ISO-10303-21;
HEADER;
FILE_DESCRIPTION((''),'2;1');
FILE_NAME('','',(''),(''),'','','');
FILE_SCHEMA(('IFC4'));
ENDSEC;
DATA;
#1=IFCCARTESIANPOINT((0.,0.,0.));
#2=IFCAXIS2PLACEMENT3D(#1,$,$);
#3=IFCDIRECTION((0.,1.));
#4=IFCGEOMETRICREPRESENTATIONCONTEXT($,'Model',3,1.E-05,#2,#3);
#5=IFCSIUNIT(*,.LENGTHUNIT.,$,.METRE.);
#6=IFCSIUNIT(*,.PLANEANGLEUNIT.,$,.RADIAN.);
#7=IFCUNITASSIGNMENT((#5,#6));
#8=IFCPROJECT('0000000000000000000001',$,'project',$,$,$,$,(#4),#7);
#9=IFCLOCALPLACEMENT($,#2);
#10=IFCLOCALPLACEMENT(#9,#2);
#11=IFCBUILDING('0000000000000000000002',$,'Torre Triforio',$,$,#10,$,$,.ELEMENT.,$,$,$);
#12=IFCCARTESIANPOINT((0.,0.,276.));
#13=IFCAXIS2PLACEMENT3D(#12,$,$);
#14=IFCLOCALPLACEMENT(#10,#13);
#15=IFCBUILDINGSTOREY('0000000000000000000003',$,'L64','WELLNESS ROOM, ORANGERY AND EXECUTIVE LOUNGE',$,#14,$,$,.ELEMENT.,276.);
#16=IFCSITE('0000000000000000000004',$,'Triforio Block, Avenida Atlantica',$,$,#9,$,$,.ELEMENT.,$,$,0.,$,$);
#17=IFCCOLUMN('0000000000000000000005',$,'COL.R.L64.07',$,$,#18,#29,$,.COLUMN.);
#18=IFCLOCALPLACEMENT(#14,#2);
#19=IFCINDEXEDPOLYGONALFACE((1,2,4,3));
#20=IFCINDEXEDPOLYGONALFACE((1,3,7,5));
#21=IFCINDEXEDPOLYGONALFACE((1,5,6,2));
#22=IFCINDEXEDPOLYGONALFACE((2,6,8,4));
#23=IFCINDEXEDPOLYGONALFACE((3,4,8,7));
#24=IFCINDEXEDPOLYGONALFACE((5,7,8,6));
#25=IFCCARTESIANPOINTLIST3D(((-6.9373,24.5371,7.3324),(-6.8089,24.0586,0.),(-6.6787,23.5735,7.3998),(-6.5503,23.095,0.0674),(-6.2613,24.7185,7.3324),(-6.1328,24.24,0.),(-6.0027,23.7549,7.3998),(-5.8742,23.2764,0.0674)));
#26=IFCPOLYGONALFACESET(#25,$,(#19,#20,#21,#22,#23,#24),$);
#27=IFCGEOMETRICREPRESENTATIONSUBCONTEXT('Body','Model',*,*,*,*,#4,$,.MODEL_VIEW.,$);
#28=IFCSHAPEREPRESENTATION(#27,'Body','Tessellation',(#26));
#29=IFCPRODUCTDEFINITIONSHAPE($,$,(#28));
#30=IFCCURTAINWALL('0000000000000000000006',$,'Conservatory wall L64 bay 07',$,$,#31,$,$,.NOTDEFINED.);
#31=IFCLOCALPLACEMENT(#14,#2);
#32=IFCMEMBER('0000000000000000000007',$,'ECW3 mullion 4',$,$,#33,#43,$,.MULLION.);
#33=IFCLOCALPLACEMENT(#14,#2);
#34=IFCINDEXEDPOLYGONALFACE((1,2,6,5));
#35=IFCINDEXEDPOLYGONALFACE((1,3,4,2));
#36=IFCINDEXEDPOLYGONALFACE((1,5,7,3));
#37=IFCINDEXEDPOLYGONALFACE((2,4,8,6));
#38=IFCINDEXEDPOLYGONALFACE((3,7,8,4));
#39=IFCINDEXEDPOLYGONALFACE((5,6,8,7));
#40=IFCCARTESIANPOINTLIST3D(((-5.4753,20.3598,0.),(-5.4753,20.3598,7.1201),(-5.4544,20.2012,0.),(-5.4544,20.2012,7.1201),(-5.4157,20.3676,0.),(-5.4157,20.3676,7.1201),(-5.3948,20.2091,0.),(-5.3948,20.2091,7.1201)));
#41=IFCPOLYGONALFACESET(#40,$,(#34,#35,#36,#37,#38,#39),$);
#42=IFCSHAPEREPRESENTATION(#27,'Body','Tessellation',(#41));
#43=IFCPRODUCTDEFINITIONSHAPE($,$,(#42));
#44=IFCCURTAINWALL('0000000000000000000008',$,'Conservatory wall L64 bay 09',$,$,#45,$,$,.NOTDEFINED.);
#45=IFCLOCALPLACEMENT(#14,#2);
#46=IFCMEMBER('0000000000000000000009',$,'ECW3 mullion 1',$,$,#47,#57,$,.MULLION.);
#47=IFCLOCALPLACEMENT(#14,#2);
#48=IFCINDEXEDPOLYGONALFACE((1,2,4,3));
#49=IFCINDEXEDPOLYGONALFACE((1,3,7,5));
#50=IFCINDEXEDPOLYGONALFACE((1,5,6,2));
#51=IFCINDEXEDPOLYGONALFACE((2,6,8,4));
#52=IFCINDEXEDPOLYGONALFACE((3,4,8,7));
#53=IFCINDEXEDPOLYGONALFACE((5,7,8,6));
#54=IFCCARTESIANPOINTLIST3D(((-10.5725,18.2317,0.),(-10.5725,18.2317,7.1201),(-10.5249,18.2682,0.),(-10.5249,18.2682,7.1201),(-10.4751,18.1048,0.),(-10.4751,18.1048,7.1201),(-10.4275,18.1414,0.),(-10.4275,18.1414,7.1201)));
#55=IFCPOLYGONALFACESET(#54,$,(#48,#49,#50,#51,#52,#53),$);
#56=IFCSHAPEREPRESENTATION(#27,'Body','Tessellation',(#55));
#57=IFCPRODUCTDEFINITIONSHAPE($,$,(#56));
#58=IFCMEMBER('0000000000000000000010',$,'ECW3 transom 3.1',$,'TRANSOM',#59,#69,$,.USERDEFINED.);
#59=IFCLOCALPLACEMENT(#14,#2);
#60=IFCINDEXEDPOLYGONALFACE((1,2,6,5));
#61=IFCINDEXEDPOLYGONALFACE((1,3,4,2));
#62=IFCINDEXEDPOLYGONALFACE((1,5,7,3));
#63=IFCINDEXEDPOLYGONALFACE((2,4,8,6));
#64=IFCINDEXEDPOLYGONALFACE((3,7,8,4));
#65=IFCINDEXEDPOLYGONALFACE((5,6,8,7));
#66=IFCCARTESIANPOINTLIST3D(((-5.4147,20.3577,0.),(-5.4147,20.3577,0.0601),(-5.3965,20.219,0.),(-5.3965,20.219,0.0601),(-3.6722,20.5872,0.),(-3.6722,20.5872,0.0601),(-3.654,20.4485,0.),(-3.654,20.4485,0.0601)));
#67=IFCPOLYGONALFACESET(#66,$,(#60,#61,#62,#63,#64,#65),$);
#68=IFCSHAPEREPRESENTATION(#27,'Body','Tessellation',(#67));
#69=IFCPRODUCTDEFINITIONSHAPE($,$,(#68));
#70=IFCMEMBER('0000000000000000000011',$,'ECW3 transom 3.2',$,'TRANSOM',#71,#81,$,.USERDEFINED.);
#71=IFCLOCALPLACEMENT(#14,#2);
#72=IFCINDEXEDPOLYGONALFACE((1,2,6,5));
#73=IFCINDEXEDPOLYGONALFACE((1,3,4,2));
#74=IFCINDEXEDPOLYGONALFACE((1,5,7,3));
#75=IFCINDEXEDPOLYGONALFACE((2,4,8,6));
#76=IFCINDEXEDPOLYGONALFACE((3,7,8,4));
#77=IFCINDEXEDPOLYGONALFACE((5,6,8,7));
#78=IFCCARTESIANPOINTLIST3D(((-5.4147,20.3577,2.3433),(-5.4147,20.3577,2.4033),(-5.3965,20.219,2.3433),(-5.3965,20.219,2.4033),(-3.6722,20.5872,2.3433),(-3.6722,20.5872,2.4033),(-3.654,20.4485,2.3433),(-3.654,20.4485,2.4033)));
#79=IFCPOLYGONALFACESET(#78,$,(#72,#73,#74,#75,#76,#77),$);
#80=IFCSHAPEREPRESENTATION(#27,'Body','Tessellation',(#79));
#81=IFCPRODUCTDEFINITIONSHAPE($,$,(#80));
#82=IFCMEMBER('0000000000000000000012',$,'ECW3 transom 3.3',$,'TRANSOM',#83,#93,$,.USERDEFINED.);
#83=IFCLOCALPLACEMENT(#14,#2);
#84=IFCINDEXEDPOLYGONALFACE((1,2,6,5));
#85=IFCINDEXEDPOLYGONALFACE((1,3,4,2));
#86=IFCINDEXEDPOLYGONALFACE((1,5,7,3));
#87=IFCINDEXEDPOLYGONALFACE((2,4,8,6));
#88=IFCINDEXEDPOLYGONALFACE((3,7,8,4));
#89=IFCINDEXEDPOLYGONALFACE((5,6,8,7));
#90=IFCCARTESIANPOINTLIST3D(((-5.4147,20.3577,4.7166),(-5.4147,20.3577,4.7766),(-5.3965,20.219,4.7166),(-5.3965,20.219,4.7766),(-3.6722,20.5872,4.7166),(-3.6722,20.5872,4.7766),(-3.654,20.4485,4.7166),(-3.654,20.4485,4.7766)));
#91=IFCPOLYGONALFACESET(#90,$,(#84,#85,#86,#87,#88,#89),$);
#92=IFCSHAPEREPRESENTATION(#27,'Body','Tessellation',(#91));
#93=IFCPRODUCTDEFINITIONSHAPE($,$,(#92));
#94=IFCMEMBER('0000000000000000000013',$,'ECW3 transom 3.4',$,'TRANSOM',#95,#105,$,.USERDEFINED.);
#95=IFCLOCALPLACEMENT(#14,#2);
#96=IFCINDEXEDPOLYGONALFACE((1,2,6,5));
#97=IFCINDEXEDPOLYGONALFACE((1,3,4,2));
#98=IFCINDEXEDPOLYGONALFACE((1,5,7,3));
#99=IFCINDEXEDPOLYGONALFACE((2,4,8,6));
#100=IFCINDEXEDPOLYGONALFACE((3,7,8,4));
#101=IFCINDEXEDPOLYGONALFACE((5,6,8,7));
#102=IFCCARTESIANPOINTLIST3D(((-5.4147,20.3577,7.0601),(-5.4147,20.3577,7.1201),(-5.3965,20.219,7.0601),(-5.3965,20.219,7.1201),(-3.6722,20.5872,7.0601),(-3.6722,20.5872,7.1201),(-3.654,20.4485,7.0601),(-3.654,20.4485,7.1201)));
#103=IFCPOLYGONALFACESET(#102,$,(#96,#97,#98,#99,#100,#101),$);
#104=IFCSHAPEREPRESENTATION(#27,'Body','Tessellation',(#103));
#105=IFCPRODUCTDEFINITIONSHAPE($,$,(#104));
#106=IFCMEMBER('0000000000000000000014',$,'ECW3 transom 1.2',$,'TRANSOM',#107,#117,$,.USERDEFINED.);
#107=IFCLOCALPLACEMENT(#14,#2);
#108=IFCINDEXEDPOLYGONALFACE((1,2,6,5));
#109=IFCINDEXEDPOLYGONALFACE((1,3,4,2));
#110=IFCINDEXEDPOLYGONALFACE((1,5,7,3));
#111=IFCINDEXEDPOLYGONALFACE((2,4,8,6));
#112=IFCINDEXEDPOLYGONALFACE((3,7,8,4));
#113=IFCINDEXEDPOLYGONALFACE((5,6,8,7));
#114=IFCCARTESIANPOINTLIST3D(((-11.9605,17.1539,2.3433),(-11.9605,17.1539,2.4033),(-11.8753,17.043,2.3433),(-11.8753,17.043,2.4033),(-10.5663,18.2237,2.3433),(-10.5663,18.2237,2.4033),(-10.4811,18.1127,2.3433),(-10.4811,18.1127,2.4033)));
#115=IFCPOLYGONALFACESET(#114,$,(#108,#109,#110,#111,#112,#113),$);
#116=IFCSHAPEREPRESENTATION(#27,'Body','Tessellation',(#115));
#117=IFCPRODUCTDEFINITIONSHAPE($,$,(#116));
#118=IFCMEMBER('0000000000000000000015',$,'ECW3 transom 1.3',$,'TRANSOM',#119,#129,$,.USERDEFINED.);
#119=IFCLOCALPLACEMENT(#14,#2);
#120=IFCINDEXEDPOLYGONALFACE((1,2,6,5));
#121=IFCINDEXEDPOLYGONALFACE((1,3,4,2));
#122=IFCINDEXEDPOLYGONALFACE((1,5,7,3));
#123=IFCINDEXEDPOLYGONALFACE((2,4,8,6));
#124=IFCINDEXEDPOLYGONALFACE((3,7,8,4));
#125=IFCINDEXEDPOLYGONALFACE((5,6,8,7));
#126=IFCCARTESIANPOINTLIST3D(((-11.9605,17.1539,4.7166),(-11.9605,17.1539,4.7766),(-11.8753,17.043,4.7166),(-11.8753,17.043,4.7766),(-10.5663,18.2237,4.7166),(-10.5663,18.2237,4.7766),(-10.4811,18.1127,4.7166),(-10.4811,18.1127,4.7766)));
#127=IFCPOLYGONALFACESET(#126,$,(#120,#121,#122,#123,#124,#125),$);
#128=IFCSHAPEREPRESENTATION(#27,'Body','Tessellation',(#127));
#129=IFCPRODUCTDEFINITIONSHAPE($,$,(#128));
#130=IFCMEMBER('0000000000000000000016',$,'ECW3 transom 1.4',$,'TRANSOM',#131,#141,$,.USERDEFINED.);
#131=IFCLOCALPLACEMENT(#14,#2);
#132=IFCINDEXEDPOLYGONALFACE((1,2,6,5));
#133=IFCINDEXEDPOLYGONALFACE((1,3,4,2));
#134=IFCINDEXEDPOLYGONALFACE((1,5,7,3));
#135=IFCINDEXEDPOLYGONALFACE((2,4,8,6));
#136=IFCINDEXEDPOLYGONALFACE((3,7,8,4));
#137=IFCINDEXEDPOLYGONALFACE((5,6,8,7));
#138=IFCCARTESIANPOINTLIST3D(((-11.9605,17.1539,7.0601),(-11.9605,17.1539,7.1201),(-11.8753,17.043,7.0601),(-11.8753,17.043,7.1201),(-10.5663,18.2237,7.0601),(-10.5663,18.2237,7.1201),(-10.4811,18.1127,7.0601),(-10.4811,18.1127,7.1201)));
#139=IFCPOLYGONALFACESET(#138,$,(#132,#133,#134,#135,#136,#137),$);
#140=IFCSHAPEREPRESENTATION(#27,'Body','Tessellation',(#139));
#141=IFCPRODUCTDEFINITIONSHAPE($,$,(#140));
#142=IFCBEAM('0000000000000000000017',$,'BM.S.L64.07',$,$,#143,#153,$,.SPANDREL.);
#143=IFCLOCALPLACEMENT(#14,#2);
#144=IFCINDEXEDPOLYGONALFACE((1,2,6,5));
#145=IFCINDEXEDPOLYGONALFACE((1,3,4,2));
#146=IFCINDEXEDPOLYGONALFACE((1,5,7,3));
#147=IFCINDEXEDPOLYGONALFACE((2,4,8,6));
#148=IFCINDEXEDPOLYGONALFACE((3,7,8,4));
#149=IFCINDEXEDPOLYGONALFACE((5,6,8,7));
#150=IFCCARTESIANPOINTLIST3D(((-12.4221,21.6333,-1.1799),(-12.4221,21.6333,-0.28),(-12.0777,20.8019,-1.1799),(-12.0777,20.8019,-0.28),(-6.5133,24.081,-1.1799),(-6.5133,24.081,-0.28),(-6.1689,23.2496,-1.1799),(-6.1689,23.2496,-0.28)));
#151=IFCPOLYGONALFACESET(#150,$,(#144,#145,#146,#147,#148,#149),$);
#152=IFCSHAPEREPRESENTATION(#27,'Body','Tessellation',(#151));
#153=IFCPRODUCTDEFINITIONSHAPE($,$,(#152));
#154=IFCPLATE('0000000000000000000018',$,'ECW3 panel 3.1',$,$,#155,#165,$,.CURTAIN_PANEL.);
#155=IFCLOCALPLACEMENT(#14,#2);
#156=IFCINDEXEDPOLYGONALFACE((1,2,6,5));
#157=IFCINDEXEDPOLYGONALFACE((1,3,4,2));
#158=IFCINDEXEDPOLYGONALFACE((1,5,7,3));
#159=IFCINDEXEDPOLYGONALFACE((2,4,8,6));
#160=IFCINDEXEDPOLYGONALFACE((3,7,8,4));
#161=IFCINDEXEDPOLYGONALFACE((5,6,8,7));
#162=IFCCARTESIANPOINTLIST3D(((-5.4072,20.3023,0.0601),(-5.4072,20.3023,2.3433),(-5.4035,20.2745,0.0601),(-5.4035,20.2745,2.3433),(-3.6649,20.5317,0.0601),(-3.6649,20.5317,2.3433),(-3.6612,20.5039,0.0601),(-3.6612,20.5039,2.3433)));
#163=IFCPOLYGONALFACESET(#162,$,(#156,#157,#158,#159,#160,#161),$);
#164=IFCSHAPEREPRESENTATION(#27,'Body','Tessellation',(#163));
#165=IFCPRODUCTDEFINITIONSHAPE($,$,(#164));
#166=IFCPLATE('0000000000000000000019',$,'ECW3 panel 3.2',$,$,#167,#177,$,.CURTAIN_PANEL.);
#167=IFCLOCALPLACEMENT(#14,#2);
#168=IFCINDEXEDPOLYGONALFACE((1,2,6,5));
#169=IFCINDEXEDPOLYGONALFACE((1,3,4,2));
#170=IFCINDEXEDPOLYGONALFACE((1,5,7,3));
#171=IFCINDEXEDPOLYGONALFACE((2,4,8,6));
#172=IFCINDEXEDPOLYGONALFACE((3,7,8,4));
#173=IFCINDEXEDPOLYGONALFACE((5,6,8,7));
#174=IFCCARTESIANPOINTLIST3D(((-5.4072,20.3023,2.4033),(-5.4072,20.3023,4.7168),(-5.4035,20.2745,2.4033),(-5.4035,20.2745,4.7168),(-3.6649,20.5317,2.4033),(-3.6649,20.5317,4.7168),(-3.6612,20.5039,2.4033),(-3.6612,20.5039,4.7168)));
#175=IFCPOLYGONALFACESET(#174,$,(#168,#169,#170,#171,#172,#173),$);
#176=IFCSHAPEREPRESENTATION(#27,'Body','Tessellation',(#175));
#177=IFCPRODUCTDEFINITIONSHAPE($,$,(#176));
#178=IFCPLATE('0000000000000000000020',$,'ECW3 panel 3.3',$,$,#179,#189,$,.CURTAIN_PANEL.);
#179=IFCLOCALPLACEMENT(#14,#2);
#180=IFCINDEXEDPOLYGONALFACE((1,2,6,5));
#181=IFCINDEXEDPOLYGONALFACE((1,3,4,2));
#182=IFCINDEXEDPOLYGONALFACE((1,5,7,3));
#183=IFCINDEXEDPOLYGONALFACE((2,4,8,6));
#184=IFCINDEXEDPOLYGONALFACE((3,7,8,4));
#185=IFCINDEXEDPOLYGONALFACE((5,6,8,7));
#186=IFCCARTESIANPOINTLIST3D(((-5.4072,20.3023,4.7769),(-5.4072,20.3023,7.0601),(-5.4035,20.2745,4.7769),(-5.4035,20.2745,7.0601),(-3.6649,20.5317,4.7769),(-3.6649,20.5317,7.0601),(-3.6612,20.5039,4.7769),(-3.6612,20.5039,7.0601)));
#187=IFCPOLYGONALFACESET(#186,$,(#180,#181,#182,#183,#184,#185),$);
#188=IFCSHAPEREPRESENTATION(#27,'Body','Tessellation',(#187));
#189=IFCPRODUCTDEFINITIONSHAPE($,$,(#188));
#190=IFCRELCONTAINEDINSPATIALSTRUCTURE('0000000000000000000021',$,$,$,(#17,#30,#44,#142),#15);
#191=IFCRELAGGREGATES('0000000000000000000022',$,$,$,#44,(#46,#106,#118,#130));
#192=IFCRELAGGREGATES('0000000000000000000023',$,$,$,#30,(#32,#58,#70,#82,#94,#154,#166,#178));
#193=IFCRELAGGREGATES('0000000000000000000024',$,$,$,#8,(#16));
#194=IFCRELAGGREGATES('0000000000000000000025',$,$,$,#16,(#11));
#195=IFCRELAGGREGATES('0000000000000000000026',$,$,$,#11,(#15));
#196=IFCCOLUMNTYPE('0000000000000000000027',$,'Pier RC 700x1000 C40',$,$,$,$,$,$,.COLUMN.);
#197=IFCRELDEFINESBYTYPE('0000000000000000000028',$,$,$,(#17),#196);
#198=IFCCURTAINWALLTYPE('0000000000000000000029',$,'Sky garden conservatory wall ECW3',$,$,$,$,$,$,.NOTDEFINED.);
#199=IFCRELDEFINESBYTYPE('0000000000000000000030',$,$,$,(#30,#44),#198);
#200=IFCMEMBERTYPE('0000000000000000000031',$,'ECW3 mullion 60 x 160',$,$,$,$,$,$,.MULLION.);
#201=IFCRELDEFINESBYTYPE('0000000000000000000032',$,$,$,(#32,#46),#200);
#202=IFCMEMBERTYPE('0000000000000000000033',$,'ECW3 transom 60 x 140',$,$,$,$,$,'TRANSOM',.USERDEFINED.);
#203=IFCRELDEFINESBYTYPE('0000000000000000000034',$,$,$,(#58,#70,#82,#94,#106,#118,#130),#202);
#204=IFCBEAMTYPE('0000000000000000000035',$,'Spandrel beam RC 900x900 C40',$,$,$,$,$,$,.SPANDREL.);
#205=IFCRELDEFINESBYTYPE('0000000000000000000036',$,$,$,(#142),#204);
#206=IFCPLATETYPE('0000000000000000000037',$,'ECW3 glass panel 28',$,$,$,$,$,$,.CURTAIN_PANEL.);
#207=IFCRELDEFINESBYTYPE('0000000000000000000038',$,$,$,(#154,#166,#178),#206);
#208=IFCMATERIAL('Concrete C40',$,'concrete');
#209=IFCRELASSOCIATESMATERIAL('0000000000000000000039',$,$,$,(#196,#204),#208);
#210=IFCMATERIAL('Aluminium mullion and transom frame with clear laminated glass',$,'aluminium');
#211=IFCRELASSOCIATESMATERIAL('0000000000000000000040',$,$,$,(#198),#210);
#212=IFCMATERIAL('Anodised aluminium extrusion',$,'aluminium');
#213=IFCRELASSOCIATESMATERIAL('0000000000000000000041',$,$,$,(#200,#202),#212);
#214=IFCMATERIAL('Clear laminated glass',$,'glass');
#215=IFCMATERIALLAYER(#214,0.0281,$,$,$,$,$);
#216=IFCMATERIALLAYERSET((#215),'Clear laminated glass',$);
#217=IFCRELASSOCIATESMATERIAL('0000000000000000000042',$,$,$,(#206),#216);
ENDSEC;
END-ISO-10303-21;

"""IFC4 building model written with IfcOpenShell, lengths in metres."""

from ifc_helpers import new_model, si_unit, direction, frame, origin, origin_2d, place, context, subcontext, project, spatial, rectangle, extrude, material, layer, layer_set, material_profile, profile_set, type_object, element, aggregate, save


model = new_model("IFC4")

# Units and contexts
model_context = context("Model", 3, precision=1e-05, world=origin(), true_north=direction((0.0, 1.0)))
body_context = subcontext(model_context, "Body", "Model", "MODEL_VIEW")
ifc_project = project(units=[si_unit("LENGTHUNIT", "METRE"), si_unit("PLANEANGLEUNIT", "RADIAN")], contexts=[model_context])

# Site, building, storey
site_placement = place(None, origin())
site = spatial("IfcSite", under=ifc_project, at=site_placement, Name="Triforio Block, Avenida Atlantica", CompositionType="ELEMENT", RefElevation=0.0)
building_placement = place(site_placement, origin())
building = spatial("IfcBuilding", under=site, at=building_placement, Name="Torre Triforio", CompositionType="ELEMENT")
storey_placement = place(building_placement, frame((0.0, 0.0, 276.0)))
storey = spatial("IfcBuildingStorey", under=building, at=storey_placement, Name="L64", Description="WELLNESS ROOM, ORANGERY AND EXECUTIVE LOUNGE", CompositionType="ELEMENT", Elevation=276.0)

# Column
ifc_material_1 = material(Name="Concrete C40", Category="concrete")
ifc_material_profile_1 = material_profile(ifc_material_1, rectangle(XDim=0.7, YDim=1.0, at=origin_2d()), Name="RC 700x1000")
ifc_profile_set_1 = profile_set([ifc_material_profile_1], Name="Concrete C40")
column_type = type_object("IfcColumnType", Name="Pier RC 700x1000 C40", PredefinedType="COLUMN", material=ifc_profile_set_1)
column_placement = place(storey_placement, frame((-6.3416, 23.6675, 0.0337), z_axis=(-0.017474, 0.065111, 0.997725), x_axis=(-0.965825, -0.259196, 0.0)))
element("IfcColumn", 1, at=column_placement, inside=storey, type_object=column_type, Name="COL.R.L64.07", PredefinedType="COLUMN", context=body_context, shape_type="SweptSolid", body=[
    extrude(rectangle(XDim=0.7, YDim=1.0, at=origin_2d()), origin(), (0.0, 0.0, 1.0), 7.3491),
])

# Curtain walls, members
ifc_material_2 = material(Name="Aluminium mullion and transom frame with clear laminated glass", Category="aluminium")
curtain_wall_type = type_object("IfcCurtainWallType", Name="Sky garden conservatory wall ECW3", PredefinedType="NOTDEFINED", material=ifc_material_2)
curtain_wall_1_placement = place(storey_placement, origin())
curtain_wall_1 = element("IfcCurtainWall", 2, at=curtain_wall_1_placement, inside=storey, type_object=curtain_wall_type, Name="Conservatory wall L64 bay 07", PredefinedType="NOTDEFINED")
ifc_material_3 = material(Name="Anodised aluminium extrusion", Category="aluminium")
ifc_material_profile_2 = material_profile(ifc_material_3, rectangle(XDim=0.1599, YDim=0.0601, at=origin_2d()), Name="ECW3 MULLION 60x160")
ifc_profile_set_2 = profile_set([ifc_material_profile_2], Name="Anodised aluminium extrusion")
member_type_1 = type_object("IfcMemberType", Name="ECW3 mullion 60 x 160", PredefinedType="MULLION", material=ifc_profile_set_2)
member_1_placement = place(storey_placement, frame((-5.4351, 20.2844, 0.0), z_axis=(0.0, 0.0, 1.0), x_axis=(0.13053, -0.991444, 0.0)))
member_1 = element("IfcMember", 3, at=member_1_placement, type_object=member_type_1, Name="ECW3 mullion 4", PredefinedType="MULLION", context=body_context, shape_type="SweptSolid", body=[
    extrude(rectangle(XDim=0.1599, YDim=0.0601, at=origin_2d()), origin(), (0.0, 0.0, 1.0), 7.1201),
])
curtain_wall_2_placement = place(storey_placement, origin())
curtain_wall_2 = element("IfcCurtainWall", 4, at=curtain_wall_2_placement, inside=storey, type_object=curtain_wall_type, Name="Conservatory wall L64 bay 09", PredefinedType="NOTDEFINED")
member_2_placement = place(storey_placement, frame((-10.5, 18.1865, 0.0), z_axis=(0.0, 0.0, 1.0), x_axis=(0.608763, -0.793352, 0.0)))
member_2 = element("IfcMember", 5, at=member_2_placement, type_object=member_type_1, Name="ECW3 mullion 1", PredefinedType="MULLION", context=body_context, shape_type="SweptSolid", body=[
    extrude(rectangle(XDim=0.1599, YDim=0.0601, at=origin_2d()), origin(), (0.0, 0.0, 1.0), 7.1201),
])

# Members
ifc_material_profile_3 = material_profile(ifc_material_3, rectangle(XDim=0.1399, YDim=0.0601, at=origin_2d()), Name="ECW3 TRANSOM 60x140")
ifc_profile_set_3 = profile_set([ifc_material_profile_3], Name="Anodised aluminium extrusion")
member_type_2 = type_object("IfcMemberType", Name="ECW3 transom 60 x 140", ElementType="TRANSOM", PredefinedType="USERDEFINED", material=ifc_profile_set_3)
member_3_placement = place(storey_placement, frame((-3.6631, 20.5178, 0.03), z_axis=(-0.991438, -0.13058, 0.0), x_axis=(0.13058, -0.991438, 0.0)))
member_3 = element("IfcMember", 6, at=member_3_placement, type_object=member_type_2, Name="ECW3 transom 3.1", ObjectType="TRANSOM", PredefinedType="USERDEFINED", context=body_context, shape_type="SweptSolid", body=[
    extrude(rectangle(XDim=0.1399, YDim=0.0601, at=origin_2d()), origin(), (0.0, 0.0, 1.0), 1.7576),
])
member_4_placement = place(storey_placement, frame((-3.6631, 20.5178, 2.3733), z_axis=(-0.991438, -0.13058, 0.0), x_axis=(0.13058, -0.991438, 0.0)))
member_4 = element("IfcMember", 7, at=member_4_placement, type_object=member_type_2, Name="ECW3 transom 3.2", ObjectType="TRANSOM", PredefinedType="USERDEFINED", context=body_context, shape_type="SweptSolid", body=[
    extrude(rectangle(XDim=0.1399, YDim=0.0601, at=origin_2d()), origin(), (0.0, 0.0, 1.0), 1.7576),
])
member_5_placement = place(storey_placement, frame((-3.6631, 20.5178, 4.7466), z_axis=(-0.991438, -0.13058, 0.0), x_axis=(0.13058, -0.991438, 0.0)))
member_5 = element("IfcMember", 8, at=member_5_placement, type_object=member_type_2, Name="ECW3 transom 3.3", ObjectType="TRANSOM", PredefinedType="USERDEFINED", context=body_context, shape_type="SweptSolid", body=[
    extrude(rectangle(XDim=0.1399, YDim=0.0601, at=origin_2d()), origin(), (0.0, 0.0, 1.0), 1.7576),
])
member_6_placement = place(storey_placement, frame((-3.6631, 20.5178, 7.0901), z_axis=(-0.991438, -0.13058, 0.0), x_axis=(0.13058, -0.991438, 0.0)))
member_6 = element("IfcMember", 9, at=member_6_placement, type_object=member_type_2, Name="ECW3 transom 3.4", ObjectType="TRANSOM", PredefinedType="USERDEFINED", context=body_context, shape_type="SweptSolid", body=[
    extrude(rectangle(XDim=0.1399, YDim=0.0601, at=origin_2d()), origin(), (0.0, 0.0, 1.0), 1.7576),
])
member_7_placement = place(storey_placement, frame((-10.5237, 18.1682, 2.3733), z_axis=(-0.793367, -0.608744, 0.0), x_axis=(0.608744, -0.793367, 0.0)))
member_7 = element("IfcMember", 10, at=member_7_placement, type_object=member_type_2, Name="ECW3 transom 1.2", ObjectType="TRANSOM", PredefinedType="USERDEFINED", context=body_context, shape_type="SweptSolid", body=[
    extrude(rectangle(XDim=0.1399, YDim=0.0601, at=origin_2d()), origin(), (0.0, 0.0, 1.0), 1.7573),
])
member_8_placement = place(storey_placement, frame((-10.5237, 18.1682, 4.7466), z_axis=(-0.793367, -0.608744, 0.0), x_axis=(0.608744, -0.793367, 0.0)))
member_8 = element("IfcMember", 11, at=member_8_placement, type_object=member_type_2, Name="ECW3 transom 1.3", ObjectType="TRANSOM", PredefinedType="USERDEFINED", context=body_context, shape_type="SweptSolid", body=[
    extrude(rectangle(XDim=0.1399, YDim=0.0601, at=origin_2d()), origin(), (0.0, 0.0, 1.0), 1.7573),
])
member_9_placement = place(storey_placement, frame((-10.5237, 18.1682, 7.0901), z_axis=(-0.793367, -0.608744, 0.0), x_axis=(0.608744, -0.793367, 0.0)))
member_9 = element("IfcMember", 12, at=member_9_placement, type_object=member_type_2, Name="ECW3 transom 1.4", ObjectType="TRANSOM", PredefinedType="USERDEFINED", context=body_context, shape_type="SweptSolid", body=[
    extrude(rectangle(XDim=0.1399, YDim=0.0601, at=origin_2d()), origin(), (0.0, 0.0, 1.0), 1.7573),
])
aggregate(curtain_wall_2, [member_2, member_7, member_8, member_9])

# Beam
ifc_material_profile_4 = material_profile(ifc_material_1, rectangle(XDim=0.8999, YDim=0.8999, at=origin_2d()), Name="RC 900x900")
ifc_profile_set_4 = profile_set([ifc_material_profile_4], Name="Concrete C40")
beam_type = type_object("IfcBeamType", Name="Spandrel beam RC 900x900 C40", PredefinedType="SPANDREL", material=ifc_profile_set_4)
beam_placement = place(storey_placement, frame((-6.3411, 23.6653, -0.73), z_axis=(-0.923869, -0.382709, 0.0), x_axis=(0.382709, -0.923869, 0.0)))
element("IfcBeam", 13, at=beam_placement, inside=storey, type_object=beam_type, Name="BM.S.L64.07", PredefinedType="SPANDREL", context=body_context, shape_type="SweptSolid", body=[
    extrude(rectangle(XDim=0.8999, YDim=0.8999, at=origin_2d()), origin(), (0.0, 0.0, 1.0), 6.3958),
])

# Plates
ifc_material_4 = material(Name="Clear laminated glass", Category="glass")
ifc_layer_1 = layer(ifc_material_4, 0.0281)
ifc_layer_set_1 = layer_set([ifc_layer_1], Name="Clear laminated glass")
plate_type = type_object("IfcPlateType", Name="ECW3 glass panel 28", PredefinedType="CURTAIN_PANEL", material=ifc_layer_set_1)
plate_1_placement = place(storey_placement, frame((-4.5342, 20.4031, 0.0601), z_axis=(0.0, 0.0, 1.0), x_axis=(-0.991444, -0.13053, 0.0)))
plate_1 = element("IfcPlate", 14, at=plate_1_placement, type_object=plate_type, Name="ECW3 panel 3.1", PredefinedType="CURTAIN_PANEL", context=body_context, shape_type="SweptSolid", body=[
    extrude(rectangle(XDim=1.7573, YDim=0.0281, at=origin_2d()), origin(), (0.0, 0.0, 1.0), 2.2832),
])
plate_2_placement = place(storey_placement, frame((-4.5342, 20.4031, 2.4033), z_axis=(0.0, 0.0, 1.0), x_axis=(-0.991444, -0.13053, 0.0)))
plate_2 = element("IfcPlate", 15, at=plate_2_placement, type_object=plate_type, Name="ECW3 panel 3.2", PredefinedType="CURTAIN_PANEL", context=body_context, shape_type="SweptSolid", body=[
    extrude(rectangle(XDim=1.7573, YDim=0.0281, at=origin_2d()), origin(), (0.0, 0.0, 1.0), 2.3135),
])
plate_3_placement = place(storey_placement, frame((-4.5342, 20.4031, 4.7769), z_axis=(0.0, 0.0, 1.0), x_axis=(-0.991444, -0.13053, 0.0)))
plate_3 = element("IfcPlate", 16, at=plate_3_placement, type_object=plate_type, Name="ECW3 panel 3.3", PredefinedType="CURTAIN_PANEL", context=body_context, shape_type="SweptSolid", body=[
    extrude(rectangle(XDim=1.7573, YDim=0.0281, at=origin_2d()), origin(), (0.0, 0.0, 1.0), 2.2832),
])
aggregate(curtain_wall_1, [member_1, member_3, member_4, member_5, member_6, plate_1, plate_2, plate_3])

save(model, "model.ifc")
